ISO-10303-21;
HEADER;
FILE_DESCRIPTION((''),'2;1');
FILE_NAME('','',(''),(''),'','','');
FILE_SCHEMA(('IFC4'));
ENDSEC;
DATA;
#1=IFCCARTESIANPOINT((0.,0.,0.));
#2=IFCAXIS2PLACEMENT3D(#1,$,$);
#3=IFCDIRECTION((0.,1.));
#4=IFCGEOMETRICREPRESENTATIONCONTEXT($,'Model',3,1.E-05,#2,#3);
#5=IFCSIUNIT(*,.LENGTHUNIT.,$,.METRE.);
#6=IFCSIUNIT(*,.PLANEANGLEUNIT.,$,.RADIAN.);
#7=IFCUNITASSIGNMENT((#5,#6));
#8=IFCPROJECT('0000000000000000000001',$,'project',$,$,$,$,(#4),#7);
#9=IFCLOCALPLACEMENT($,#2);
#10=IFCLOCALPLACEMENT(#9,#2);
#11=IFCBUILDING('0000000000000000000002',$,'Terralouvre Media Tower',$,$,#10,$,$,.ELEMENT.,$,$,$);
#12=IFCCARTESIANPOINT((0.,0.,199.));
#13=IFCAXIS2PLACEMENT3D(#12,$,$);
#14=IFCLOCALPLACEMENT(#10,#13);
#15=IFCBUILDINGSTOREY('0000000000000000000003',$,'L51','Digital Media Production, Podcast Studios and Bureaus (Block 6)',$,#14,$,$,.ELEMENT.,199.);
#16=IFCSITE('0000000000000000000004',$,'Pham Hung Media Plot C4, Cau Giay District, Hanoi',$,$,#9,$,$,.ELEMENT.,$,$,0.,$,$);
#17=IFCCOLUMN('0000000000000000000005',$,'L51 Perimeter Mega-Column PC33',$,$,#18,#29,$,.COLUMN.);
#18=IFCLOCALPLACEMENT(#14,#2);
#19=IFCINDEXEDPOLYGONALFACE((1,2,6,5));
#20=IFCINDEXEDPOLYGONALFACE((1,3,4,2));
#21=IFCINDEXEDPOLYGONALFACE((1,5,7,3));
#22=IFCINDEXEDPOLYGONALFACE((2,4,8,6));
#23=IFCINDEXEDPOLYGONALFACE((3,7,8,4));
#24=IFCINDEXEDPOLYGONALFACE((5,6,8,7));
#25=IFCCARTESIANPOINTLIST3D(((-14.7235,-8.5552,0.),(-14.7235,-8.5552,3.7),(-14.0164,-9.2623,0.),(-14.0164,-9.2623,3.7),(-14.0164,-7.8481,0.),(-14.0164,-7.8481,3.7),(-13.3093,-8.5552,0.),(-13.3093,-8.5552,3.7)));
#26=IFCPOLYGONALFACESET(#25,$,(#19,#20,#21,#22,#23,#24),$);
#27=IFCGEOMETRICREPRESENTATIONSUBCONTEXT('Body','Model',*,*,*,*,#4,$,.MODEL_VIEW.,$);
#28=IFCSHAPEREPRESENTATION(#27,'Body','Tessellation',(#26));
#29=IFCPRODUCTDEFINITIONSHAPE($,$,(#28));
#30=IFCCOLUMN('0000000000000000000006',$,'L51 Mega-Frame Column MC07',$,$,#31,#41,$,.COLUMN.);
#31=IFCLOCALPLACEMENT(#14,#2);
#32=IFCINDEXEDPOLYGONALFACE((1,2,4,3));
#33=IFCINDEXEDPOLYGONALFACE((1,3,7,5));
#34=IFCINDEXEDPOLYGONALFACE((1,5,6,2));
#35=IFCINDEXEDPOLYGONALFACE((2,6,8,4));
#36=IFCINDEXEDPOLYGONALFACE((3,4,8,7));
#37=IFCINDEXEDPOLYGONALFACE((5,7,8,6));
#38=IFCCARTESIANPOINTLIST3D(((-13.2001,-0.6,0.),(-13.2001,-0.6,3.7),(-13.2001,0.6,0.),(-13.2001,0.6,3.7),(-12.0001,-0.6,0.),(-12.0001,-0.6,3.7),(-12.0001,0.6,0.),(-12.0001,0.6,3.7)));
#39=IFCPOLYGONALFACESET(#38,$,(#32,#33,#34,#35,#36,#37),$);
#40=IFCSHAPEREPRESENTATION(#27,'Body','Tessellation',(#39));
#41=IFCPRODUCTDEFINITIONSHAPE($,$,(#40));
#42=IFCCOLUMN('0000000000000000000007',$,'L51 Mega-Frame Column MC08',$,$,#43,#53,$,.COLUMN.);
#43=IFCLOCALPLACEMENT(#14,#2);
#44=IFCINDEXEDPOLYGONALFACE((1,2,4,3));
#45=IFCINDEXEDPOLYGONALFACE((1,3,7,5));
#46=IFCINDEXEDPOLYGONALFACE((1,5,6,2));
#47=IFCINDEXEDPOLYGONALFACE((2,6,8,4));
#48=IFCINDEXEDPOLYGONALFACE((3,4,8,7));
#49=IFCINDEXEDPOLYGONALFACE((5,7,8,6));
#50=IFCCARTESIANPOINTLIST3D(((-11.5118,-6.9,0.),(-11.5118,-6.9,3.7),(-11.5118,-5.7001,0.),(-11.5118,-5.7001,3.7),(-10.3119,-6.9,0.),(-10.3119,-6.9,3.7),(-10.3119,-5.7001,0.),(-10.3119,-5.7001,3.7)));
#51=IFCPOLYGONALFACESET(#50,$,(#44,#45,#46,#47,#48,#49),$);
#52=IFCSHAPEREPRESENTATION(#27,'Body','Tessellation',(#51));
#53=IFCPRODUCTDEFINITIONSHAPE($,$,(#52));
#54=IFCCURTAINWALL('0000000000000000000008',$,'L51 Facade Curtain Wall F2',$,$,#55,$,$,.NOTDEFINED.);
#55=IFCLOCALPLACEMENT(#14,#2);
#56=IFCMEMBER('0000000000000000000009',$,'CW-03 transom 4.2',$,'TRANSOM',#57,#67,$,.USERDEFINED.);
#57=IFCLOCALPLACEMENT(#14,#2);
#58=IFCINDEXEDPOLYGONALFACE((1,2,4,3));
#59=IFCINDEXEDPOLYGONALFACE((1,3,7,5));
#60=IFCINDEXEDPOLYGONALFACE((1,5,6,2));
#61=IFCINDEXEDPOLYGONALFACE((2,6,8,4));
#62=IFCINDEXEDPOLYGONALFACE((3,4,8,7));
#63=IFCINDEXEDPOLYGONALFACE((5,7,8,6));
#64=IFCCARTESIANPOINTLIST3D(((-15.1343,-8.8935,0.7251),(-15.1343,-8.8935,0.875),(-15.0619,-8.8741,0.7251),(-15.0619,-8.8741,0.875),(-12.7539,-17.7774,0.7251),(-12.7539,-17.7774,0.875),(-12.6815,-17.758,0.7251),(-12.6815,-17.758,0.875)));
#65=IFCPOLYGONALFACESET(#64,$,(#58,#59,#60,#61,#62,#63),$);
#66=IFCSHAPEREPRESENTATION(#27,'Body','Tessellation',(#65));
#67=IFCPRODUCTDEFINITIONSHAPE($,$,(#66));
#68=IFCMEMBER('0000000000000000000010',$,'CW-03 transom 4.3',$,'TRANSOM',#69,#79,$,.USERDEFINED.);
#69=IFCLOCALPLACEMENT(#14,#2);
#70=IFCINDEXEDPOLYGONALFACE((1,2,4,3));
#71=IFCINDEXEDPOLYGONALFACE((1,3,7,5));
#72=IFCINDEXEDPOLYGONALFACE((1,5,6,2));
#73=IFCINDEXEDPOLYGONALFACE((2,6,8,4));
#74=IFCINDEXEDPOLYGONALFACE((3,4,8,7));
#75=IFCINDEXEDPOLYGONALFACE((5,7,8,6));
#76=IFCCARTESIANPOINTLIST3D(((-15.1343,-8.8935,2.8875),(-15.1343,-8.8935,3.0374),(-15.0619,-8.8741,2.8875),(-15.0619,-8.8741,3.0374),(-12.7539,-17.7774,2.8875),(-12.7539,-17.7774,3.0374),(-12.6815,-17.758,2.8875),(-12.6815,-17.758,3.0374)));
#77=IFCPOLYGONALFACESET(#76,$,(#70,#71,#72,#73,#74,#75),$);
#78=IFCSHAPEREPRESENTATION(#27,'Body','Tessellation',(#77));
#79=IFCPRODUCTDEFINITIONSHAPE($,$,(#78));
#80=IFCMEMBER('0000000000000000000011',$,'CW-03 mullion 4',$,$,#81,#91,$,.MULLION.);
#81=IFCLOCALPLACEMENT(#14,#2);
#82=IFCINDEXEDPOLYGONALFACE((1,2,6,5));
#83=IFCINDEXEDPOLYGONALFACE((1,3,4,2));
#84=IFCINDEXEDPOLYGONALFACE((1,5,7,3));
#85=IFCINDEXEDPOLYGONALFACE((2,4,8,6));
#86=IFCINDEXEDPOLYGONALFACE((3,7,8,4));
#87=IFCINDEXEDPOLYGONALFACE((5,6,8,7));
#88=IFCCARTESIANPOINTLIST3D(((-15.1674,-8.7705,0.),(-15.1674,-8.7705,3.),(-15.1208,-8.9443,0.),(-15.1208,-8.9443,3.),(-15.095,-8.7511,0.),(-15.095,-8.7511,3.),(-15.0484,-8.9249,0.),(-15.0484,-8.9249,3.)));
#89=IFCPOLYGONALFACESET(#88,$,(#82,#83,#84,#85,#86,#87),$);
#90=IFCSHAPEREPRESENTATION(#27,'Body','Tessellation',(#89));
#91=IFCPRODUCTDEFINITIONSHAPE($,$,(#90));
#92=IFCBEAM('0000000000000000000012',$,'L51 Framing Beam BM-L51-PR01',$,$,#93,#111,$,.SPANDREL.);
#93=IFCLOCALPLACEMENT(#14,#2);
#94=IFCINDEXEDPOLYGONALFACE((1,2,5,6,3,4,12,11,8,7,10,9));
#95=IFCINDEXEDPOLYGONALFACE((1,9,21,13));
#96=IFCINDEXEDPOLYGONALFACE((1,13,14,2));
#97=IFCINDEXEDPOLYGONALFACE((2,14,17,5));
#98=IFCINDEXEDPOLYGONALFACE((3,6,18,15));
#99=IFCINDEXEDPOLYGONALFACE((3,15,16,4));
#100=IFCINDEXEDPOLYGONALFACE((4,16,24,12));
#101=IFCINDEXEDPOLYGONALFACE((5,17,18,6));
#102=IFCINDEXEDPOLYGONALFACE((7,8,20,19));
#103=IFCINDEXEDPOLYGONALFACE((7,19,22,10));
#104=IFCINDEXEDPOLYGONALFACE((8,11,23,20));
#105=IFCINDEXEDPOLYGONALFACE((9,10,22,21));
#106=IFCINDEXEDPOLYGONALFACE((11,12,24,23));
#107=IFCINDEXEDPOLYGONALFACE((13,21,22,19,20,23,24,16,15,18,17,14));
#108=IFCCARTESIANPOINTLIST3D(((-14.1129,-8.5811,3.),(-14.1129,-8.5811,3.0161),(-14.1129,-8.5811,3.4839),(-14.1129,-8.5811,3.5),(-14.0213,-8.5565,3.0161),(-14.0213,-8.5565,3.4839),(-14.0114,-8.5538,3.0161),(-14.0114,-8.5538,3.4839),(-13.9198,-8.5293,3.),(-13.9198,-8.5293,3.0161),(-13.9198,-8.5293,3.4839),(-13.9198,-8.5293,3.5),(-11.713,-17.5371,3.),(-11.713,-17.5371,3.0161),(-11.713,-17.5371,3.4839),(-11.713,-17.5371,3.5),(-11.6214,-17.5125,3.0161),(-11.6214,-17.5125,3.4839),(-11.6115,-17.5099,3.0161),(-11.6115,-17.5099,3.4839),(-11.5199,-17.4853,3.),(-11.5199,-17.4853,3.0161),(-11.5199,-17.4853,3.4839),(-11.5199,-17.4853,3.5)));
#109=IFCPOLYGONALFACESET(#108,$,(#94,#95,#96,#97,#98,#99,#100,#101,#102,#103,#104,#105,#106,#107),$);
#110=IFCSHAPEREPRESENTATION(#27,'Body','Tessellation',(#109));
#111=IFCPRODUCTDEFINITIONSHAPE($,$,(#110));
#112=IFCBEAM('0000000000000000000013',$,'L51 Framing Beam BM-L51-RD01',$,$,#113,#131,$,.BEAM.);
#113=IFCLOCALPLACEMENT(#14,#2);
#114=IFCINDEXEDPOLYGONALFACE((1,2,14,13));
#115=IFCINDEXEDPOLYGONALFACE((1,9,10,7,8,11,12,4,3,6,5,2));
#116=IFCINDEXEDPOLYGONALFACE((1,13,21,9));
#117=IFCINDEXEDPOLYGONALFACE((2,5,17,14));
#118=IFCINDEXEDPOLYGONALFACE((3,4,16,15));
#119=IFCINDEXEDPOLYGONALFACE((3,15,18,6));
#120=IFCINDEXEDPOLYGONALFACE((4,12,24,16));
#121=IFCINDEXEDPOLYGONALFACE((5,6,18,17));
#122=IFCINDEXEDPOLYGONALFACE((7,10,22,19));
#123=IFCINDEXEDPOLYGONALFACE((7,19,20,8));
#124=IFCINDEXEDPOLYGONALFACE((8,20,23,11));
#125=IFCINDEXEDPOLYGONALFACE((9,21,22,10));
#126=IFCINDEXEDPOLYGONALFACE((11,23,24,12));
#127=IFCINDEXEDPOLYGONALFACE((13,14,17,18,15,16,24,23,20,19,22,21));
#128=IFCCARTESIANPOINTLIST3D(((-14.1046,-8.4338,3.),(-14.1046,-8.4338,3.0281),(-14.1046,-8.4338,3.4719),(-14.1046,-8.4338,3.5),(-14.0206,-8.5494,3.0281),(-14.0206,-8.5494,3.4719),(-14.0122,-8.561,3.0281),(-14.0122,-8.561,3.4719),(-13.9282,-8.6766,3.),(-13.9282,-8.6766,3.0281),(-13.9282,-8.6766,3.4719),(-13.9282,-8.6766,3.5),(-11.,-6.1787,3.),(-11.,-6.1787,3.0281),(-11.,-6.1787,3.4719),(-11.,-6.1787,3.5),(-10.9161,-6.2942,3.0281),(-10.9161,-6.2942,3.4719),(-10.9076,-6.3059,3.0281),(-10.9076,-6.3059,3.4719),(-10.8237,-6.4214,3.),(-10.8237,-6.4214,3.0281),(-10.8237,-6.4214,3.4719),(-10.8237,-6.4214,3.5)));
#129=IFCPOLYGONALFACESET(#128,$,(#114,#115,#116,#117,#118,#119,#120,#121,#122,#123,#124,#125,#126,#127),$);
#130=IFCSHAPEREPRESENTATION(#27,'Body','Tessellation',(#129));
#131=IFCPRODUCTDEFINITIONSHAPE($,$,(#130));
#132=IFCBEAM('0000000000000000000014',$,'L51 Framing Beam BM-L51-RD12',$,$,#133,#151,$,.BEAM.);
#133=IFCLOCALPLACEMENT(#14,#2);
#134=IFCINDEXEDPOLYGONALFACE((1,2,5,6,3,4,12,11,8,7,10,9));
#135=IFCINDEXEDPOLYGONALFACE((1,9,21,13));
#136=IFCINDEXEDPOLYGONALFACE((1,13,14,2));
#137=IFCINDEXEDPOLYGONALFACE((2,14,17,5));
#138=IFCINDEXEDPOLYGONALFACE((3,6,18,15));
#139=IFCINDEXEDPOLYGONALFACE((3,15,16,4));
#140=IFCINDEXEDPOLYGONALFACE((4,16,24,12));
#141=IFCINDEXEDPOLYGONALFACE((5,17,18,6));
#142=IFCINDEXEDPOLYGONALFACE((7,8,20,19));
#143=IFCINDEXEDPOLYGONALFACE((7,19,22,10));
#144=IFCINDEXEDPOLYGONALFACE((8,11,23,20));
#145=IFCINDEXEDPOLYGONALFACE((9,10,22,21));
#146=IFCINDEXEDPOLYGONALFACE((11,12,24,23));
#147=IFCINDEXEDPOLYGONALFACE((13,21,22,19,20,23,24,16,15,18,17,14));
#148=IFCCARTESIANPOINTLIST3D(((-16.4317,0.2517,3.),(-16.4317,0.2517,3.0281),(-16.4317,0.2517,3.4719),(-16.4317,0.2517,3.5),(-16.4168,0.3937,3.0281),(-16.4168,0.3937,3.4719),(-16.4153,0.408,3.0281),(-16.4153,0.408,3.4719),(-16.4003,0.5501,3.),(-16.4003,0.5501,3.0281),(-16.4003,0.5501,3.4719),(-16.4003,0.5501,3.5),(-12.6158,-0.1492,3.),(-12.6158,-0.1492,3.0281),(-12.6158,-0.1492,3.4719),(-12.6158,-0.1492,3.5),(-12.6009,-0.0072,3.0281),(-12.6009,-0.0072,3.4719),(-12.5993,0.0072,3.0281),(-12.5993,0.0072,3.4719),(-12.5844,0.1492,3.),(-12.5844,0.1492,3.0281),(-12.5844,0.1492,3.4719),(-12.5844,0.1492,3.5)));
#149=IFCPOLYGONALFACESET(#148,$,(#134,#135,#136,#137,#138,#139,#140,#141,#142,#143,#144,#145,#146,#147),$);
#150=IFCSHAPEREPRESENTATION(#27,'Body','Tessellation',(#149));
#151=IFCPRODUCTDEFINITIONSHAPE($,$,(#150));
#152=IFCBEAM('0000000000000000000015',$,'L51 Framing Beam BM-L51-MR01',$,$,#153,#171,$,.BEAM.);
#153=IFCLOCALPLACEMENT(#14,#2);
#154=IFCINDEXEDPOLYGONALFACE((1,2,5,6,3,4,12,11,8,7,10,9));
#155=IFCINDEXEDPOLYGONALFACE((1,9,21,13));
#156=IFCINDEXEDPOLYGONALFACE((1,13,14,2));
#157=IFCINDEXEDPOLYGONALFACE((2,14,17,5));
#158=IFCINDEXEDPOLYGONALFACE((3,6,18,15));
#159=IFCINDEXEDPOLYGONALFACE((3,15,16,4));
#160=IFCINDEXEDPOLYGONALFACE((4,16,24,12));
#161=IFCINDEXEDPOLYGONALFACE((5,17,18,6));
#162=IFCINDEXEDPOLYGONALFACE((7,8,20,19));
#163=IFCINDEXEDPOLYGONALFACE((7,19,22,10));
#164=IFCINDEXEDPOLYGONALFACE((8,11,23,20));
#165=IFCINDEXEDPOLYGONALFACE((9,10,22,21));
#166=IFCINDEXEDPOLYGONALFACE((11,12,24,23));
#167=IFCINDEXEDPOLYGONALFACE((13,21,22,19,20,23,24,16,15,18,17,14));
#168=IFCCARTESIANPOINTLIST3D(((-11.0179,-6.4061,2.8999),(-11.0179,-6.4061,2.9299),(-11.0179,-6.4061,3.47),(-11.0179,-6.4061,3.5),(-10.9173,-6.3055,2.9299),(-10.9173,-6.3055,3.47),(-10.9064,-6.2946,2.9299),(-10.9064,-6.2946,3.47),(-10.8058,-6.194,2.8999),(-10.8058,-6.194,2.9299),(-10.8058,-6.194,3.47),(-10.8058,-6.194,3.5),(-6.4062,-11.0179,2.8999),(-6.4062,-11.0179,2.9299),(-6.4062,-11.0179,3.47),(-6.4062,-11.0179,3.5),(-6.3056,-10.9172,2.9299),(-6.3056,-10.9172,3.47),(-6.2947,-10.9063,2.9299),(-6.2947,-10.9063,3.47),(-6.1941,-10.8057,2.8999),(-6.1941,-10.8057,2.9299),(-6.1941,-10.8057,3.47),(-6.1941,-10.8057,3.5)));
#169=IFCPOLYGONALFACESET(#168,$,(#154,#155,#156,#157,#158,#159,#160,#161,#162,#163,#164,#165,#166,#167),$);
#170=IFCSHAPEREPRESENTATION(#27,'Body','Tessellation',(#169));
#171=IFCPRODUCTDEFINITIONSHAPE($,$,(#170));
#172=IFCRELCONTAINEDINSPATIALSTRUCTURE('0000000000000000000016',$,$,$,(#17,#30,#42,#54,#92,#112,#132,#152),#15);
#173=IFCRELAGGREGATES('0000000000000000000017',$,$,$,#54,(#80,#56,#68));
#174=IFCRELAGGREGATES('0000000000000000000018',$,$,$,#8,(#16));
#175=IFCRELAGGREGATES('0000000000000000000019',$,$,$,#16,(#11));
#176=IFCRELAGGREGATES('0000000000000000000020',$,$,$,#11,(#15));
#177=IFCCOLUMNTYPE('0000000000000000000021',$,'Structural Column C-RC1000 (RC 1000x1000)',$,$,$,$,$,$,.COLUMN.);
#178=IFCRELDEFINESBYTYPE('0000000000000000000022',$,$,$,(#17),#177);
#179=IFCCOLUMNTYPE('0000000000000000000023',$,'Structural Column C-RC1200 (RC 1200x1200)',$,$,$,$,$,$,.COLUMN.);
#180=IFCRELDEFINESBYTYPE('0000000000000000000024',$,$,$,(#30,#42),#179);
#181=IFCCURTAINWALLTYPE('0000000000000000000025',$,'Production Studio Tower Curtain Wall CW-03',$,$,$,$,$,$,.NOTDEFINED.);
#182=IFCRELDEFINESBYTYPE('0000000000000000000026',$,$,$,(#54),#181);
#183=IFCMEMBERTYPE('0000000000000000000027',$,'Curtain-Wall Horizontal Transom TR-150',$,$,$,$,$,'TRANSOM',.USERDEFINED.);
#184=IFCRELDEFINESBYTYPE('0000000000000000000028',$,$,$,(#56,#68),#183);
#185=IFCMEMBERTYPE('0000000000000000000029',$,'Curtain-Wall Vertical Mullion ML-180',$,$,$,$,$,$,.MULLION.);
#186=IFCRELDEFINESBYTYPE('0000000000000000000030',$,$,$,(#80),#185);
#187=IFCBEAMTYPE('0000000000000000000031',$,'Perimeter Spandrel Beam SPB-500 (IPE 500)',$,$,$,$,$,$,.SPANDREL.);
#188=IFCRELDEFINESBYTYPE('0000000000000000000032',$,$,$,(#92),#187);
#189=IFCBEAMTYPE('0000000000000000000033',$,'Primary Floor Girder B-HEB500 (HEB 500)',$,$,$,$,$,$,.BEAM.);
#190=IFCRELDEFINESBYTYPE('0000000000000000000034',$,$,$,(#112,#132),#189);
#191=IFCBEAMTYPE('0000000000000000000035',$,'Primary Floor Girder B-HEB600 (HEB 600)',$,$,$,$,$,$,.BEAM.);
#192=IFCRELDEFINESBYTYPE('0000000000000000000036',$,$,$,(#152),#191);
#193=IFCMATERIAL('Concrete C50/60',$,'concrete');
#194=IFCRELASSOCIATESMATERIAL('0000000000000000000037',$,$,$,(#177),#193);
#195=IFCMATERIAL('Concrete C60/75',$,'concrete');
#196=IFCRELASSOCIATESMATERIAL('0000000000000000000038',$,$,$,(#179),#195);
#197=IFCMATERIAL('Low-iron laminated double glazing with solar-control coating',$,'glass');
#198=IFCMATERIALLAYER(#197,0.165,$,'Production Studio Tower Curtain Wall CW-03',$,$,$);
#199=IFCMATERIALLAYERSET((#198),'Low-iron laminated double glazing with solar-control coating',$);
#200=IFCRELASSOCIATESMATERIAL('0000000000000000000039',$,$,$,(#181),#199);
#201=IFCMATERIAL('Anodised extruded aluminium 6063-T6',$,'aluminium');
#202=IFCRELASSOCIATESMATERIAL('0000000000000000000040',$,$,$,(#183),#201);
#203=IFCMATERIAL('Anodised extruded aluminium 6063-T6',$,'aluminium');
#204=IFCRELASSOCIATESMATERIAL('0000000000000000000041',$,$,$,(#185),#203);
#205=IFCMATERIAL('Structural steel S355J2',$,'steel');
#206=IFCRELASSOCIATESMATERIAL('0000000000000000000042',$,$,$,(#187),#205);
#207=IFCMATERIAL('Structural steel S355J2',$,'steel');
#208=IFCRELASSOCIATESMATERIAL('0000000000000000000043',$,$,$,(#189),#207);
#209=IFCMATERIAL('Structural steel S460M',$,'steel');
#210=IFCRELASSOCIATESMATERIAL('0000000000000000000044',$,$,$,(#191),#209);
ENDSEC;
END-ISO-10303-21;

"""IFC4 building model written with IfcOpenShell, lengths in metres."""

from ifc_helpers import new_model, si_unit, direction, frame, origin, origin_2d, place, context, subcontext, project, spatial, rectangle, i_section, extrude, material, layer, layer_set, material_profile, profile_set, type_object, element, aggregate, save


model = new_model("IFC4")

# Units and contexts
model_context = context("Model", 3, precision=1e-05, world=origin(), true_north=direction((0.0, 1.0)))
body_context = subcontext(model_context, "Body", "Model", "MODEL_VIEW")
ifc_project = project(units=[si_unit("LENGTHUNIT", "METRE"), si_unit("PLANEANGLEUNIT", "RADIAN")], contexts=[model_context])

# Site, building, storey
site_placement = place(None, origin())
site = spatial("IfcSite", under=ifc_project, at=site_placement, Name="Pham Hung Media Plot C4, Cau Giay District, Hanoi", CompositionType="ELEMENT", RefElevation=0.0)
building_placement = place(site_placement, origin())
building = spatial("IfcBuilding", under=site, at=building_placement, Name="Terralouvre Media Tower", CompositionType="ELEMENT")
storey_placement = place(building_placement, frame((0.0, 0.0, 199.0)))
storey = spatial("IfcBuildingStorey", under=building, at=storey_placement, Name="L51", Description="Digital Media Production, Podcast Studios and Bureaus (Block 6)", CompositionType="ELEMENT", Elevation=199.0)

# Columns
ifc_material_1 = material(Name="Concrete C50/60", Category="concrete")
ifc_material_profile_1 = material_profile(ifc_material_1, rectangle(XDim=1.0, YDim=1.0, at=origin_2d()), Name="RC 1000x1000")
ifc_profile_set_1 = profile_set([ifc_material_profile_1], Name="Concrete C50/60")
column_type_1 = type_object("IfcColumnType", Name="Structural Column C-RC1000 (RC 1000x1000)", PredefinedType="COLUMN", material=ifc_profile_set_1)
column_placement = place(storey_placement, frame((-14.0164, -8.5552, 0.0), z_axis=(0.0, 0.0, 1.0), x_axis=(0.707107, 0.707107, 0.0)))
element("IfcColumn", 1, at=column_placement, inside=storey, type_object=column_type_1, Name="L51 Perimeter Mega-Column PC33", PredefinedType="COLUMN", context=body_context, shape_type="SweptSolid", body=[
    extrude(rectangle(XDim=1.0, YDim=1.0, at=origin_2d()), origin(), (0.0, 0.0, 1.0), 3.7),
])
ifc_material_2 = material(Name="Concrete C60/75", Category="concrete")
ifc_material_profile_2 = material_profile(ifc_material_2, rectangle(XDim=1.2, YDim=1.2, at=origin_2d()), Name="RC 1200x1200")
ifc_profile_set_2 = profile_set([ifc_material_profile_2], Name="Concrete C60/75")
column_type_2 = type_object("IfcColumnType", Name="Structural Column C-RC1200 (RC 1200x1200)", PredefinedType="COLUMN", material=ifc_profile_set_2)
for number, where, z_axis, x_axis, name in (
    (2, (-12.6001, 0.0, 0.0), (0.0, 0.0, 1.0), (1.0, 0.0, 0.0), "L51 Mega-Frame Column MC07"),
    (3, (-10.9119, -6.3, 0.0), (0.0, 0.0, 1.0), (1.0, 0.0, 0.0), "L51 Mega-Frame Column MC08"),
):
    element("IfcColumn", number, at=place(storey_placement, frame(where, z_axis=z_axis, x_axis=x_axis)), inside=storey, type_object=column_type_2, Name=name, PredefinedType="COLUMN", context=body_context, shape_type="SweptSolid", body=[
        extrude(rectangle(XDim=1.2, YDim=1.2, at=origin_2d()), origin(), (0.0, 0.0, 1.0), 3.7),
    ])

# Curtain wall, members
ifc_material_3 = material(Name="Low-iron laminated double glazing with solar-control coating", Category="glass")
ifc_layer_1 = layer(ifc_material_3, 0.165, Name="Production Studio Tower Curtain Wall CW-03")
ifc_layer_set_1 = layer_set([ifc_layer_1], Name="Low-iron laminated double glazing with solar-control coating")
curtain_wall_type = type_object("IfcCurtainWallType", Name="Production Studio Tower Curtain Wall CW-03", PredefinedType="NOTDEFINED", material=ifc_layer_set_1)
curtain_wall_placement = place(storey_placement, origin())
curtain_wall = element("IfcCurtainWall", 4, at=curtain_wall_placement, inside=storey, type_object=curtain_wall_type, Name="L51 Facade Curtain Wall F2", PredefinedType="NOTDEFINED")
ifc_material_4 = material(Name="Anodised extruded aluminium 6063-T6", Category="aluminium")
ifc_material_profile_3 = material_profile(ifc_material_4, rectangle(XDim=0.075, YDim=0.1499, at=origin_2d()), Name="ALU 75x150")
ifc_profile_set_3 = profile_set([ifc_material_profile_3], Name="Anodised extruded aluminium 6063-T6")
member_type_1 = type_object("IfcMemberType", Name="Curtain-Wall Horizontal Transom TR-150", ElementType="TRANSOM", PredefinedType="USERDEFINED", material=ifc_profile_set_3)
member_1_placement = place(storey_placement, frame((-15.0981, -8.8838, 0.8), z_axis=(0.258816, -0.965927, 0.0), x_axis=(0.965927, 0.258816, 0.0)))
member_1 = element("IfcMember", 5, at=member_1_placement, type_object=member_type_1, Name="CW-03 transom 4.2", ObjectType="TRANSOM", PredefinedType="USERDEFINED", context=body_context, shape_type="SweptSolid", body=[
    extrude(rectangle(XDim=0.075, YDim=0.1499, at=origin_2d()), origin(), (0.0, 0.0, 1.0), 9.1973),
])
member_2_placement = place(storey_placement, frame((-15.0981, -8.8838, 2.9624), z_axis=(0.258816, -0.965927, 0.0), x_axis=(0.965927, 0.258816, 0.0)))
member_2 = element("IfcMember", 6, at=member_2_placement, type_object=member_type_1, Name="CW-03 transom 4.3", ObjectType="TRANSOM", PredefinedType="USERDEFINED", context=body_context, shape_type="SweptSolid", body=[
    extrude(rectangle(XDim=0.075, YDim=0.1499, at=origin_2d()), origin(), (0.0, 0.0, 1.0), 9.1973),
])
ifc_material_5 = material(Name="Anodised extruded aluminium 6063-T6", Category="aluminium")
ifc_material_profile_4 = material_profile(ifc_material_5, rectangle(XDim=0.075, YDim=0.1799, at=origin_2d()), Name="ALU 75x180")
ifc_profile_set_4 = profile_set([ifc_material_profile_4], Name="Anodised extruded aluminium 6063-T6")
member_type_2 = type_object("IfcMemberType", Name="Curtain-Wall Vertical Mullion ML-180", PredefinedType="MULLION", material=ifc_profile_set_4)
member_3_placement = place(storey_placement, frame((-15.1079, -8.8477, 0.0), z_axis=(0.0, 0.0, 1.0), x_axis=(0.965926, 0.258819, 0.0)))
member_3 = element("IfcMember", 7, at=member_3_placement, type_object=member_type_2, Name="CW-03 mullion 4", PredefinedType="MULLION", context=body_context, shape_type="SweptSolid", body=[
    extrude(rectangle(XDim=0.075, YDim=0.1799, at=origin_2d()), origin(), (0.0, 0.0, 1.0), 3.0),
])

# Beams
ifc_material_6 = material(Name="Structural steel S355J2", Category="steel")
ifc_material_profile_5 = material_profile(ifc_material_6, i_section(OverallWidth=0.2, OverallDepth=0.5, WebThickness=0.0103, FlangeThickness=0.0161, at=origin_2d()), Name="IPE 500")
ifc_profile_set_5 = profile_set([ifc_material_profile_5], Name="Structural steel S355J2")
beam_type_1 = type_object("IfcBeamType", Name="Perimeter Spandrel Beam SPB-500 (IPE 500)", PredefinedType="SPANDREL", material=ifc_profile_set_5)
beam_1_placement = place(storey_placement, frame((-14.0164, -8.5552, 3.25), z_axis=(0.258833, -0.965922, 0.0), x_axis=(0.965922, 0.258833, 0.0)))
element("IfcBeam", 8, at=beam_1_placement, inside=storey, type_object=beam_type_1, Name="L51 Framing Beam BM-L51-PR01", PredefinedType="SPANDREL", context=body_context, shape_type="SweptSolid", body=[
    extrude(i_section(OverallWidth=0.2, OverallDepth=0.5, WebThickness=0.0103, FlangeThickness=0.0161, at=origin_2d()), origin(), (0.0, 0.0, 1.0), 9.272),
])
ifc_material_7 = material(Name="Structural steel S355J2", Category="steel")
ifc_material_profile_6 = material_profile(ifc_material_7, i_section(OverallWidth=0.3, OverallDepth=0.5, WebThickness=0.0144, FlangeThickness=0.0281, at=origin_2d()), Name="HEB 500")
ifc_profile_set_6 = profile_set([ifc_material_profile_6], Name="Structural steel S355J2")
beam_type_2 = type_object("IfcBeamType", Name="Primary Floor Girder B-HEB500 (HEB 500)", PredefinedType="BEAM", material=ifc_profile_set_6)
beam_2_placement = place(storey_placement, frame((-10.9119, -6.3, 3.25), z_axis=(-0.809069, -0.587714, 0.0), x_axis=(0.587714, -0.809069, 0.0)))
element("IfcBeam", 9, at=beam_2_placement, inside=storey, type_object=beam_type_2, Name="L51 Framing Beam BM-L51-RD01", PredefinedType="BEAM", context=body_context, shape_type="SweptSolid", body=[
    extrude(i_section(OverallWidth=0.3, OverallDepth=0.5, WebThickness=0.0144, FlangeThickness=0.0281, at=origin_2d()), origin(), (0.0, 0.0, 1.0), 3.8372),
])
beam_3_placement = place(storey_placement, frame((-12.6001, 0.0, 3.25), z_axis=(-0.994527, 0.104479, 0.0), x_axis=(-0.104479, -0.994527, 0.0)))
element("IfcBeam", 10, at=beam_3_placement, inside=storey, type_object=beam_type_2, Name="L51 Framing Beam BM-L51-RD12", PredefinedType="BEAM", context=body_context, shape_type="SweptSolid", body=[
    extrude(i_section(OverallWidth=0.3, OverallDepth=0.5, WebThickness=0.0144, FlangeThickness=0.0281, at=origin_2d()), origin(), (0.0, 0.0, 1.0), 3.8369),
])
ifc_material_8 = material(Name="Structural steel S460M", Category="steel")
ifc_material_profile_7 = material_profile(ifc_material_8, i_section(OverallWidth=0.3, OverallDepth=0.6001, WebThickness=0.0154, FlangeThickness=0.03, at=origin_2d()), Name="HEB 600")
ifc_profile_set_7 = profile_set([ifc_material_profile_7], Name="Structural steel S460M")
beam_type_3 = type_object("IfcBeamType", Name="Primary Floor Girder B-HEB600 (HEB 600)", PredefinedType="BEAM", material=ifc_profile_set_7)
beam_4_placement = place(storey_placement, frame((-10.9119, -6.3, 3.2), z_axis=(0.707107, -0.707107, 0.0), x_axis=(0.707107, 0.707107, 0.0)))
element("IfcBeam", 11, at=beam_4_placement, inside=storey, type_object=beam_type_3, Name="L51 Framing Beam BM-L51-MR01", PredefinedType="BEAM", context=body_context, shape_type="SweptSolid", body=[
    extrude(i_section(OverallWidth=0.3, OverallDepth=0.6001, WebThickness=0.0154, FlangeThickness=0.03, at=origin_2d()), origin(), (0.0, 0.0, 1.0), 6.522),
])

aggregate(curtain_wall, [member_3, member_1, member_2])

save(model, "model.ifc")
